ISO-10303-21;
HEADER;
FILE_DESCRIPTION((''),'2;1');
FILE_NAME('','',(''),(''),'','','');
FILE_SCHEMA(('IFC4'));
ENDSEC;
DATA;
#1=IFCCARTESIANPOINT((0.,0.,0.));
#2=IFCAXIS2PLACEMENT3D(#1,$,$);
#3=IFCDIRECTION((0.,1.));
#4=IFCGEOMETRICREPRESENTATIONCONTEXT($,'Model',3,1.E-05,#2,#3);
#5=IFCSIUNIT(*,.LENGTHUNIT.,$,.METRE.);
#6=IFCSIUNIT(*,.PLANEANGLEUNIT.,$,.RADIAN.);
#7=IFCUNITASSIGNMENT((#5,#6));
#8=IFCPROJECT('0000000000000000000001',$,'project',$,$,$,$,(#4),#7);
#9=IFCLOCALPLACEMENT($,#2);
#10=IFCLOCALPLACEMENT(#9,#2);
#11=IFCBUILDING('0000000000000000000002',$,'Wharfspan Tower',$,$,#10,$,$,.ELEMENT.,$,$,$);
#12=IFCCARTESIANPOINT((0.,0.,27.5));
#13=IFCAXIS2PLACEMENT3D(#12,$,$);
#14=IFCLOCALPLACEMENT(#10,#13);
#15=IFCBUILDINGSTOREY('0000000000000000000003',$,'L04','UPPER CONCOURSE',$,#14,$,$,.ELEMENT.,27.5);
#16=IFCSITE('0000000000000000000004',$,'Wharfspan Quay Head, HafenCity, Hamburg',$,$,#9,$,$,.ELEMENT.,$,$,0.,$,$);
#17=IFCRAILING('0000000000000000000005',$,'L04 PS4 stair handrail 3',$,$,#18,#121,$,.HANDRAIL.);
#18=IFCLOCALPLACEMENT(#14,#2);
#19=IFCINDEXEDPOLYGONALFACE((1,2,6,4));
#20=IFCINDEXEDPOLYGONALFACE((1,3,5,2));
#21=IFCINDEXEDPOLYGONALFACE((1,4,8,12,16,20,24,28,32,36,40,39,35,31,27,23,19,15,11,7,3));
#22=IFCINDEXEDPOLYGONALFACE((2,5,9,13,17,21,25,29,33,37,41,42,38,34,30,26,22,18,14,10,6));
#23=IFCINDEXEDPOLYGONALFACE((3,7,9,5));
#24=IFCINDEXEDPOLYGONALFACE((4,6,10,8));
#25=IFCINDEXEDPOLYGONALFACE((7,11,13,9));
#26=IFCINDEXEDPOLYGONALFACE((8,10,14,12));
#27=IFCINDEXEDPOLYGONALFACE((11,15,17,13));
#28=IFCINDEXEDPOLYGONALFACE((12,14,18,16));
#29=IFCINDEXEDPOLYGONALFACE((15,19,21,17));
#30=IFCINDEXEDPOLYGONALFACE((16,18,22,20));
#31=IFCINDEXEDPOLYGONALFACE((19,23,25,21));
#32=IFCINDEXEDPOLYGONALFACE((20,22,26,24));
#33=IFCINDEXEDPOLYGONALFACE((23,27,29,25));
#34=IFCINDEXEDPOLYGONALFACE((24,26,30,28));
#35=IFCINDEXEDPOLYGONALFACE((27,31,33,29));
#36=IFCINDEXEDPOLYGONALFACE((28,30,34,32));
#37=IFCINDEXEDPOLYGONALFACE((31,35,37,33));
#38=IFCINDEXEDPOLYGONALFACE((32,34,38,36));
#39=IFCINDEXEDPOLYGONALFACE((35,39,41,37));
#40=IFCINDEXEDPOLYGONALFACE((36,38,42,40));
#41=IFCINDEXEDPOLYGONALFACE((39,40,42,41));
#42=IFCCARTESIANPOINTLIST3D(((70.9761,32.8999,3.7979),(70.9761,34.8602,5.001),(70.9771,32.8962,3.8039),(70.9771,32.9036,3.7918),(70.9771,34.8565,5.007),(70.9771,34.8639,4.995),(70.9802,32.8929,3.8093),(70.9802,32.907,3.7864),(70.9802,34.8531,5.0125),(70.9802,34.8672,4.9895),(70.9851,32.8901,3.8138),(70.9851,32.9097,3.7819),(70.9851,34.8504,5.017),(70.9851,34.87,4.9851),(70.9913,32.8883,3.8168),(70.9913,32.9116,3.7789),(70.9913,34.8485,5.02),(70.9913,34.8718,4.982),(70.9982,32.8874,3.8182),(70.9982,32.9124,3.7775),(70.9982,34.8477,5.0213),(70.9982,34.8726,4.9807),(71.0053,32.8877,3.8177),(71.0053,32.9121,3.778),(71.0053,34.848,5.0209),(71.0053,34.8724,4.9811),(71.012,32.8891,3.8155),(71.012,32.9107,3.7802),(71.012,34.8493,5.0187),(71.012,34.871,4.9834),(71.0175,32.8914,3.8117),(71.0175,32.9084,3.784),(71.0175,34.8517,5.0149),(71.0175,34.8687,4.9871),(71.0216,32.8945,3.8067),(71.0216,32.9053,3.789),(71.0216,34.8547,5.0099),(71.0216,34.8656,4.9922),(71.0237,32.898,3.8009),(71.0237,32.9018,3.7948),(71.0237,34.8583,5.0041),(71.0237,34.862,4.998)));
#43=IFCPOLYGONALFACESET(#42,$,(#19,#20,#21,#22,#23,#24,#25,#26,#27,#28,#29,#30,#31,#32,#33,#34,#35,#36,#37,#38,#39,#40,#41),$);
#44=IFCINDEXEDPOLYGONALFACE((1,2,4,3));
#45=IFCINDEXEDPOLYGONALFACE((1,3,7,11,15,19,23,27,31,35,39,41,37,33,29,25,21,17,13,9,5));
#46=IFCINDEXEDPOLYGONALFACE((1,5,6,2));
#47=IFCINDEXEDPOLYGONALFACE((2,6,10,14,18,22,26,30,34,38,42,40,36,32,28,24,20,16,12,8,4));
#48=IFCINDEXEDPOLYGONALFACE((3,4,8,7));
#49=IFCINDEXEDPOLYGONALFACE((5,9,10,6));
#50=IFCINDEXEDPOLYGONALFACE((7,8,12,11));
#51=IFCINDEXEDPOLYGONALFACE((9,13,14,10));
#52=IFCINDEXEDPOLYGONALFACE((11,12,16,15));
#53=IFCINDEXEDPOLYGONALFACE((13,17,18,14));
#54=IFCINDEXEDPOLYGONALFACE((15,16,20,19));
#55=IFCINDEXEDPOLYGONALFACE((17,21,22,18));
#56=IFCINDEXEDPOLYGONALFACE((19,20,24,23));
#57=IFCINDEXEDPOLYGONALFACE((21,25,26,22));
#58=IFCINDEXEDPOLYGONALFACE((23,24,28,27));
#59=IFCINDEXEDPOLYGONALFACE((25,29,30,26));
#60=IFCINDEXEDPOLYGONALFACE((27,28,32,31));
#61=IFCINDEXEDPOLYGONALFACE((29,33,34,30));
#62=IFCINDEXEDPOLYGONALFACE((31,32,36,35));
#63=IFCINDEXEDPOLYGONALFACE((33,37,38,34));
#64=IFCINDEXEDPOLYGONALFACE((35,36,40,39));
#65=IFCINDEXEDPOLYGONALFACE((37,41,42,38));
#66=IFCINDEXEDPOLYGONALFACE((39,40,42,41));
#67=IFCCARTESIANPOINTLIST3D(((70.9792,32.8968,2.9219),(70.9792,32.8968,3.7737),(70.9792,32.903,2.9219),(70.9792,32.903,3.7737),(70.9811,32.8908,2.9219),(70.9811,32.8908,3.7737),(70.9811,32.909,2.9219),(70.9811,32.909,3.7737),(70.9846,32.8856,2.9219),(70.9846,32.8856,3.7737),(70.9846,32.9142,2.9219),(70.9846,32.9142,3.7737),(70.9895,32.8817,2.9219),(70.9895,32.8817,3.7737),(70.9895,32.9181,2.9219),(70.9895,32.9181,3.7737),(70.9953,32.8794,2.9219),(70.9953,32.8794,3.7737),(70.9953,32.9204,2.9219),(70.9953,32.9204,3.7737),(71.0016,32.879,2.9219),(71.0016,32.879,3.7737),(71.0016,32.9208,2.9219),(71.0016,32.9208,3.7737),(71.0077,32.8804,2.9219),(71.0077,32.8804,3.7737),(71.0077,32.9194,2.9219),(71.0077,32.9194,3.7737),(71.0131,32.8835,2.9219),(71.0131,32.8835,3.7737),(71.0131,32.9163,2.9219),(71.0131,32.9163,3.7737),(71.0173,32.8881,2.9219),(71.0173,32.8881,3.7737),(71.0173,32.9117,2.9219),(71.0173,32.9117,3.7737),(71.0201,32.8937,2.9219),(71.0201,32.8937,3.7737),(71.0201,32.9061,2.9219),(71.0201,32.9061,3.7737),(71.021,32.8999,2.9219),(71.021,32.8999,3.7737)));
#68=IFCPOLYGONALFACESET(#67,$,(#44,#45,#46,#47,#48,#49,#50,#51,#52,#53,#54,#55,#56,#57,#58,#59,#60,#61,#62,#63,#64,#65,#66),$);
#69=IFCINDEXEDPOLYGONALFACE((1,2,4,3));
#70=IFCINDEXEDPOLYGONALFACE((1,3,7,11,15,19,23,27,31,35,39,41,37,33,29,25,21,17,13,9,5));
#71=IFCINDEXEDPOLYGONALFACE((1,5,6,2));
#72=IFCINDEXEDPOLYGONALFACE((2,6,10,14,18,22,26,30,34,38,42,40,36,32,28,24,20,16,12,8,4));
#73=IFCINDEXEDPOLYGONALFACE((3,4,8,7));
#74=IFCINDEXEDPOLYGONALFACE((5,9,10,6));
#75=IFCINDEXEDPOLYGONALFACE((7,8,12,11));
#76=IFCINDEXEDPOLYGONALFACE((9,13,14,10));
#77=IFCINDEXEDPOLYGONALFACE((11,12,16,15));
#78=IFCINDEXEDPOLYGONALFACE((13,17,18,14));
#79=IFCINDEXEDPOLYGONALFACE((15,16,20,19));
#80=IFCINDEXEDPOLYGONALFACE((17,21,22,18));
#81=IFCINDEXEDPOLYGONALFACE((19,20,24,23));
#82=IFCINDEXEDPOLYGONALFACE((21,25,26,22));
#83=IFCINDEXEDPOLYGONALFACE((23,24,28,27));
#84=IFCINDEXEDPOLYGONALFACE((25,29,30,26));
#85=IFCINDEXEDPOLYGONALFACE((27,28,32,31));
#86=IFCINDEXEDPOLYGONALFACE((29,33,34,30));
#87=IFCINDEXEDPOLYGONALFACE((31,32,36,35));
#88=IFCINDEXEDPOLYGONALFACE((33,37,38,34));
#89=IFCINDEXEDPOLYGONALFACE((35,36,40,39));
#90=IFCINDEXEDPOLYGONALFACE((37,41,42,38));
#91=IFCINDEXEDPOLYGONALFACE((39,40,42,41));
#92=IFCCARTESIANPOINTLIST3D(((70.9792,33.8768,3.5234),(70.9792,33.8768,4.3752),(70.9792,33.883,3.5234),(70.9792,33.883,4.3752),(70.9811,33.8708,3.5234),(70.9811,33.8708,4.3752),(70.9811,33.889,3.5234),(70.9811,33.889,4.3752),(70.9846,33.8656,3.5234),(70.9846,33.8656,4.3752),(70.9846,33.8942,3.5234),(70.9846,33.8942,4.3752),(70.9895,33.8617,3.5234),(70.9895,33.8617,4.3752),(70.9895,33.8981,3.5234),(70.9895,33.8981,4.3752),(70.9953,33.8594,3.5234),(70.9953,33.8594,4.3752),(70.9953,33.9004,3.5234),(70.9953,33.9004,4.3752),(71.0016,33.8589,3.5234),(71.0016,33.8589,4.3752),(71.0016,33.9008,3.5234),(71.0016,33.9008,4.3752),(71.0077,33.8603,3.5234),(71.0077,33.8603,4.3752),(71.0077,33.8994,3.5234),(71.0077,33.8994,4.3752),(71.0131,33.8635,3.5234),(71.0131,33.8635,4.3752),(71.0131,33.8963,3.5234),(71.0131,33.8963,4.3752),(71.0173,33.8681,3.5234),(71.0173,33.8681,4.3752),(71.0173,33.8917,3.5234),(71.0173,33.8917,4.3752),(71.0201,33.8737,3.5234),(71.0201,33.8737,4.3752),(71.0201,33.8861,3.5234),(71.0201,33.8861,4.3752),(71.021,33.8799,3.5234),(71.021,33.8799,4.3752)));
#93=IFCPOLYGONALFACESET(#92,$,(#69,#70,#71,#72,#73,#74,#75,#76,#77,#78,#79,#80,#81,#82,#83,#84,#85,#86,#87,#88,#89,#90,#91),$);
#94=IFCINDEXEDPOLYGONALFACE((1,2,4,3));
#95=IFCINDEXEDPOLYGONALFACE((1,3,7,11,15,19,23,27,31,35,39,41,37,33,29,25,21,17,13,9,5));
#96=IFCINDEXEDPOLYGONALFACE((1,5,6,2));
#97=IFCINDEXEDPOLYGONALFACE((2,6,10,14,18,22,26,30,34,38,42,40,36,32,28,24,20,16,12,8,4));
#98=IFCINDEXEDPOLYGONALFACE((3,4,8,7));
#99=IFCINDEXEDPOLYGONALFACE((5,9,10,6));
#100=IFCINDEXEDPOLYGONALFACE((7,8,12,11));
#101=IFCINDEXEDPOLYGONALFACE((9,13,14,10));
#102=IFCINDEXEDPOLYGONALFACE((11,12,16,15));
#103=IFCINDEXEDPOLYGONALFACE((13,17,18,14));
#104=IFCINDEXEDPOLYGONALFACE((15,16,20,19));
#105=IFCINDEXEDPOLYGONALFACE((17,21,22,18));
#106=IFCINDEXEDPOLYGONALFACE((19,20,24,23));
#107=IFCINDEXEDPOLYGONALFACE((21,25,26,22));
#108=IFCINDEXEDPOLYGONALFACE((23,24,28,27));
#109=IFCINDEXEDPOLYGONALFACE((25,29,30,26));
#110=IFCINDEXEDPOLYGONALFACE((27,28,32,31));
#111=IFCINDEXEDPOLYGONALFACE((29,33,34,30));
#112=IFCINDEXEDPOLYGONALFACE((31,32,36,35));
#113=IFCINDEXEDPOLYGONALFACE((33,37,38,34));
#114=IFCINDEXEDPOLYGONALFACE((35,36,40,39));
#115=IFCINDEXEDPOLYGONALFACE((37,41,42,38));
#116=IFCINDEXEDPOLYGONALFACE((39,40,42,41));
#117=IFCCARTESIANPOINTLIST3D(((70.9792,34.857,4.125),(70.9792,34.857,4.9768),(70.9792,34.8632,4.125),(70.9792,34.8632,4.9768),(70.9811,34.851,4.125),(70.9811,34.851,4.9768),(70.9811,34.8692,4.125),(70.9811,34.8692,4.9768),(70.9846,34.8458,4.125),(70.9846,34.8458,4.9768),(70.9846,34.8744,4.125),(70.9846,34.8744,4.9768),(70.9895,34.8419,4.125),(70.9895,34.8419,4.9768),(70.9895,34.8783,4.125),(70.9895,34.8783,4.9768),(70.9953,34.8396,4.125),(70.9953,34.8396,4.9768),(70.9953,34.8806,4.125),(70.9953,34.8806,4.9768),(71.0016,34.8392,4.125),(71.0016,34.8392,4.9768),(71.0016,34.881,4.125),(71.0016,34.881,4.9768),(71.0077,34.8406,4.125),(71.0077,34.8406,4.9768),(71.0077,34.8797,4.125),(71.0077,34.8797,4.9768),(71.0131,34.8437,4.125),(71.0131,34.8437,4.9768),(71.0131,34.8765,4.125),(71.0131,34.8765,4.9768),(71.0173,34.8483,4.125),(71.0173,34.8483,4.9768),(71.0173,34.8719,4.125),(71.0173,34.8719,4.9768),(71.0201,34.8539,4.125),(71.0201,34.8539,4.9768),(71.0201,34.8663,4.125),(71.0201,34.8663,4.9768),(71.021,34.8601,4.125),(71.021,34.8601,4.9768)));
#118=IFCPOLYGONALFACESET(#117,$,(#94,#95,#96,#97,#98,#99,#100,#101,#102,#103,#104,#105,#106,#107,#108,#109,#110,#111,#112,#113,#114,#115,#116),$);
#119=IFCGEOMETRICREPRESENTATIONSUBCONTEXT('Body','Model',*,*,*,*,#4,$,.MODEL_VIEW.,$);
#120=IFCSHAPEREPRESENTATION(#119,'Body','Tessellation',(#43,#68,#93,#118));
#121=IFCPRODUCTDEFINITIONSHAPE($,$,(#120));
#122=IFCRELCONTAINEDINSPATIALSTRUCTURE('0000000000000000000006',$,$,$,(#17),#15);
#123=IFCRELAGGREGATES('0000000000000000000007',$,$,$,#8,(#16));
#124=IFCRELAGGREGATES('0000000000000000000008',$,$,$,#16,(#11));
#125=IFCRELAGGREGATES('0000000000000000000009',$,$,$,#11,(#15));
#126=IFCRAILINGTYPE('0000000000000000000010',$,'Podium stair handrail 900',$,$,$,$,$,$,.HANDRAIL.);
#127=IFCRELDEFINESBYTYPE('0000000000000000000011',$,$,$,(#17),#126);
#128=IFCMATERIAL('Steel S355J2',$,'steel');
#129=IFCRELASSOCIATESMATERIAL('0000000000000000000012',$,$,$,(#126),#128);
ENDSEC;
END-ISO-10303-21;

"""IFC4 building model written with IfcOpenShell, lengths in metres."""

from ifc_helpers import new_model, si_unit, direction, frame, origin, origin_2d, place, context, subcontext, project, spatial, circle, extrude, material, type_object, element, save


model = new_model("IFC4")

# Units and contexts
model_context = context("Model", 3, precision=1e-05, world=origin(), true_north=direction((0.0, 1.0)))
body_context = subcontext(model_context, "Body", "Model", "MODEL_VIEW")
ifc_project = project(units=[si_unit("LENGTHUNIT", "METRE"), si_unit("PLANEANGLEUNIT", "RADIAN")], contexts=[model_context])

# Site, building, storey
site_placement = place(None, origin())
site = spatial("IfcSite", under=ifc_project, at=site_placement, Name="Wharfspan Quay Head, HafenCity, Hamburg", CompositionType="ELEMENT", RefElevation=0.0)
building_placement = place(site_placement, origin())
building = spatial("IfcBuilding", under=site, at=building_placement, Name="Wharfspan Tower", CompositionType="ELEMENT")
storey_placement = place(building_placement, frame((0.0, 0.0, 27.5)))
storey = spatial("IfcBuildingStorey", under=building, at=storey_placement, Name="L04", Description="UPPER CONCOURSE", CompositionType="ELEMENT", Elevation=27.5)

# Railing
ifc_material_1 = material(Name="Steel S355J2", Category="steel")
railing_type_1 = type_object("IfcRailingType", Name="Podium stair handrail 900", PredefinedType="HANDRAIL", material=ifc_material_1)
railing_1_placement = place(storey_placement, frame((71.0, 32.8999, 2.9219)))
element("IfcRailing", 1, at=railing_1_placement, inside=storey, type_object=railing_type_1, Name="L04 PS4 stair handrail 3", PredefinedType="HANDRAIL", context=body_context, shape_type="SweptSolid", body=[
    extrude(circle(Radius=0.0239, at=origin_2d()), frame((0.0, 0.0, 0.876), z_axis=(0.0, 0.85227, 0.523102), x_axis=(-1.0, 0.0, 0.0)), (0.0, 0.0, 1.0), 2.3),
    extrude(circle(Radius=0.021, at=origin_2d()), origin(), (0.0, 0.0, 1.0), 0.8518),
    extrude(circle(Radius=0.021, at=origin_2d()), frame((0.0, 0.98, 0.6016)), (0.0, 0.0, 1.0), 0.8518),
    extrude(circle(Radius=0.021, at=origin_2d()), frame((0.0, 1.9602, 1.2031)), (0.0, 0.0, 1.0), 0.8518),
])

save(model, "model.ifc")
